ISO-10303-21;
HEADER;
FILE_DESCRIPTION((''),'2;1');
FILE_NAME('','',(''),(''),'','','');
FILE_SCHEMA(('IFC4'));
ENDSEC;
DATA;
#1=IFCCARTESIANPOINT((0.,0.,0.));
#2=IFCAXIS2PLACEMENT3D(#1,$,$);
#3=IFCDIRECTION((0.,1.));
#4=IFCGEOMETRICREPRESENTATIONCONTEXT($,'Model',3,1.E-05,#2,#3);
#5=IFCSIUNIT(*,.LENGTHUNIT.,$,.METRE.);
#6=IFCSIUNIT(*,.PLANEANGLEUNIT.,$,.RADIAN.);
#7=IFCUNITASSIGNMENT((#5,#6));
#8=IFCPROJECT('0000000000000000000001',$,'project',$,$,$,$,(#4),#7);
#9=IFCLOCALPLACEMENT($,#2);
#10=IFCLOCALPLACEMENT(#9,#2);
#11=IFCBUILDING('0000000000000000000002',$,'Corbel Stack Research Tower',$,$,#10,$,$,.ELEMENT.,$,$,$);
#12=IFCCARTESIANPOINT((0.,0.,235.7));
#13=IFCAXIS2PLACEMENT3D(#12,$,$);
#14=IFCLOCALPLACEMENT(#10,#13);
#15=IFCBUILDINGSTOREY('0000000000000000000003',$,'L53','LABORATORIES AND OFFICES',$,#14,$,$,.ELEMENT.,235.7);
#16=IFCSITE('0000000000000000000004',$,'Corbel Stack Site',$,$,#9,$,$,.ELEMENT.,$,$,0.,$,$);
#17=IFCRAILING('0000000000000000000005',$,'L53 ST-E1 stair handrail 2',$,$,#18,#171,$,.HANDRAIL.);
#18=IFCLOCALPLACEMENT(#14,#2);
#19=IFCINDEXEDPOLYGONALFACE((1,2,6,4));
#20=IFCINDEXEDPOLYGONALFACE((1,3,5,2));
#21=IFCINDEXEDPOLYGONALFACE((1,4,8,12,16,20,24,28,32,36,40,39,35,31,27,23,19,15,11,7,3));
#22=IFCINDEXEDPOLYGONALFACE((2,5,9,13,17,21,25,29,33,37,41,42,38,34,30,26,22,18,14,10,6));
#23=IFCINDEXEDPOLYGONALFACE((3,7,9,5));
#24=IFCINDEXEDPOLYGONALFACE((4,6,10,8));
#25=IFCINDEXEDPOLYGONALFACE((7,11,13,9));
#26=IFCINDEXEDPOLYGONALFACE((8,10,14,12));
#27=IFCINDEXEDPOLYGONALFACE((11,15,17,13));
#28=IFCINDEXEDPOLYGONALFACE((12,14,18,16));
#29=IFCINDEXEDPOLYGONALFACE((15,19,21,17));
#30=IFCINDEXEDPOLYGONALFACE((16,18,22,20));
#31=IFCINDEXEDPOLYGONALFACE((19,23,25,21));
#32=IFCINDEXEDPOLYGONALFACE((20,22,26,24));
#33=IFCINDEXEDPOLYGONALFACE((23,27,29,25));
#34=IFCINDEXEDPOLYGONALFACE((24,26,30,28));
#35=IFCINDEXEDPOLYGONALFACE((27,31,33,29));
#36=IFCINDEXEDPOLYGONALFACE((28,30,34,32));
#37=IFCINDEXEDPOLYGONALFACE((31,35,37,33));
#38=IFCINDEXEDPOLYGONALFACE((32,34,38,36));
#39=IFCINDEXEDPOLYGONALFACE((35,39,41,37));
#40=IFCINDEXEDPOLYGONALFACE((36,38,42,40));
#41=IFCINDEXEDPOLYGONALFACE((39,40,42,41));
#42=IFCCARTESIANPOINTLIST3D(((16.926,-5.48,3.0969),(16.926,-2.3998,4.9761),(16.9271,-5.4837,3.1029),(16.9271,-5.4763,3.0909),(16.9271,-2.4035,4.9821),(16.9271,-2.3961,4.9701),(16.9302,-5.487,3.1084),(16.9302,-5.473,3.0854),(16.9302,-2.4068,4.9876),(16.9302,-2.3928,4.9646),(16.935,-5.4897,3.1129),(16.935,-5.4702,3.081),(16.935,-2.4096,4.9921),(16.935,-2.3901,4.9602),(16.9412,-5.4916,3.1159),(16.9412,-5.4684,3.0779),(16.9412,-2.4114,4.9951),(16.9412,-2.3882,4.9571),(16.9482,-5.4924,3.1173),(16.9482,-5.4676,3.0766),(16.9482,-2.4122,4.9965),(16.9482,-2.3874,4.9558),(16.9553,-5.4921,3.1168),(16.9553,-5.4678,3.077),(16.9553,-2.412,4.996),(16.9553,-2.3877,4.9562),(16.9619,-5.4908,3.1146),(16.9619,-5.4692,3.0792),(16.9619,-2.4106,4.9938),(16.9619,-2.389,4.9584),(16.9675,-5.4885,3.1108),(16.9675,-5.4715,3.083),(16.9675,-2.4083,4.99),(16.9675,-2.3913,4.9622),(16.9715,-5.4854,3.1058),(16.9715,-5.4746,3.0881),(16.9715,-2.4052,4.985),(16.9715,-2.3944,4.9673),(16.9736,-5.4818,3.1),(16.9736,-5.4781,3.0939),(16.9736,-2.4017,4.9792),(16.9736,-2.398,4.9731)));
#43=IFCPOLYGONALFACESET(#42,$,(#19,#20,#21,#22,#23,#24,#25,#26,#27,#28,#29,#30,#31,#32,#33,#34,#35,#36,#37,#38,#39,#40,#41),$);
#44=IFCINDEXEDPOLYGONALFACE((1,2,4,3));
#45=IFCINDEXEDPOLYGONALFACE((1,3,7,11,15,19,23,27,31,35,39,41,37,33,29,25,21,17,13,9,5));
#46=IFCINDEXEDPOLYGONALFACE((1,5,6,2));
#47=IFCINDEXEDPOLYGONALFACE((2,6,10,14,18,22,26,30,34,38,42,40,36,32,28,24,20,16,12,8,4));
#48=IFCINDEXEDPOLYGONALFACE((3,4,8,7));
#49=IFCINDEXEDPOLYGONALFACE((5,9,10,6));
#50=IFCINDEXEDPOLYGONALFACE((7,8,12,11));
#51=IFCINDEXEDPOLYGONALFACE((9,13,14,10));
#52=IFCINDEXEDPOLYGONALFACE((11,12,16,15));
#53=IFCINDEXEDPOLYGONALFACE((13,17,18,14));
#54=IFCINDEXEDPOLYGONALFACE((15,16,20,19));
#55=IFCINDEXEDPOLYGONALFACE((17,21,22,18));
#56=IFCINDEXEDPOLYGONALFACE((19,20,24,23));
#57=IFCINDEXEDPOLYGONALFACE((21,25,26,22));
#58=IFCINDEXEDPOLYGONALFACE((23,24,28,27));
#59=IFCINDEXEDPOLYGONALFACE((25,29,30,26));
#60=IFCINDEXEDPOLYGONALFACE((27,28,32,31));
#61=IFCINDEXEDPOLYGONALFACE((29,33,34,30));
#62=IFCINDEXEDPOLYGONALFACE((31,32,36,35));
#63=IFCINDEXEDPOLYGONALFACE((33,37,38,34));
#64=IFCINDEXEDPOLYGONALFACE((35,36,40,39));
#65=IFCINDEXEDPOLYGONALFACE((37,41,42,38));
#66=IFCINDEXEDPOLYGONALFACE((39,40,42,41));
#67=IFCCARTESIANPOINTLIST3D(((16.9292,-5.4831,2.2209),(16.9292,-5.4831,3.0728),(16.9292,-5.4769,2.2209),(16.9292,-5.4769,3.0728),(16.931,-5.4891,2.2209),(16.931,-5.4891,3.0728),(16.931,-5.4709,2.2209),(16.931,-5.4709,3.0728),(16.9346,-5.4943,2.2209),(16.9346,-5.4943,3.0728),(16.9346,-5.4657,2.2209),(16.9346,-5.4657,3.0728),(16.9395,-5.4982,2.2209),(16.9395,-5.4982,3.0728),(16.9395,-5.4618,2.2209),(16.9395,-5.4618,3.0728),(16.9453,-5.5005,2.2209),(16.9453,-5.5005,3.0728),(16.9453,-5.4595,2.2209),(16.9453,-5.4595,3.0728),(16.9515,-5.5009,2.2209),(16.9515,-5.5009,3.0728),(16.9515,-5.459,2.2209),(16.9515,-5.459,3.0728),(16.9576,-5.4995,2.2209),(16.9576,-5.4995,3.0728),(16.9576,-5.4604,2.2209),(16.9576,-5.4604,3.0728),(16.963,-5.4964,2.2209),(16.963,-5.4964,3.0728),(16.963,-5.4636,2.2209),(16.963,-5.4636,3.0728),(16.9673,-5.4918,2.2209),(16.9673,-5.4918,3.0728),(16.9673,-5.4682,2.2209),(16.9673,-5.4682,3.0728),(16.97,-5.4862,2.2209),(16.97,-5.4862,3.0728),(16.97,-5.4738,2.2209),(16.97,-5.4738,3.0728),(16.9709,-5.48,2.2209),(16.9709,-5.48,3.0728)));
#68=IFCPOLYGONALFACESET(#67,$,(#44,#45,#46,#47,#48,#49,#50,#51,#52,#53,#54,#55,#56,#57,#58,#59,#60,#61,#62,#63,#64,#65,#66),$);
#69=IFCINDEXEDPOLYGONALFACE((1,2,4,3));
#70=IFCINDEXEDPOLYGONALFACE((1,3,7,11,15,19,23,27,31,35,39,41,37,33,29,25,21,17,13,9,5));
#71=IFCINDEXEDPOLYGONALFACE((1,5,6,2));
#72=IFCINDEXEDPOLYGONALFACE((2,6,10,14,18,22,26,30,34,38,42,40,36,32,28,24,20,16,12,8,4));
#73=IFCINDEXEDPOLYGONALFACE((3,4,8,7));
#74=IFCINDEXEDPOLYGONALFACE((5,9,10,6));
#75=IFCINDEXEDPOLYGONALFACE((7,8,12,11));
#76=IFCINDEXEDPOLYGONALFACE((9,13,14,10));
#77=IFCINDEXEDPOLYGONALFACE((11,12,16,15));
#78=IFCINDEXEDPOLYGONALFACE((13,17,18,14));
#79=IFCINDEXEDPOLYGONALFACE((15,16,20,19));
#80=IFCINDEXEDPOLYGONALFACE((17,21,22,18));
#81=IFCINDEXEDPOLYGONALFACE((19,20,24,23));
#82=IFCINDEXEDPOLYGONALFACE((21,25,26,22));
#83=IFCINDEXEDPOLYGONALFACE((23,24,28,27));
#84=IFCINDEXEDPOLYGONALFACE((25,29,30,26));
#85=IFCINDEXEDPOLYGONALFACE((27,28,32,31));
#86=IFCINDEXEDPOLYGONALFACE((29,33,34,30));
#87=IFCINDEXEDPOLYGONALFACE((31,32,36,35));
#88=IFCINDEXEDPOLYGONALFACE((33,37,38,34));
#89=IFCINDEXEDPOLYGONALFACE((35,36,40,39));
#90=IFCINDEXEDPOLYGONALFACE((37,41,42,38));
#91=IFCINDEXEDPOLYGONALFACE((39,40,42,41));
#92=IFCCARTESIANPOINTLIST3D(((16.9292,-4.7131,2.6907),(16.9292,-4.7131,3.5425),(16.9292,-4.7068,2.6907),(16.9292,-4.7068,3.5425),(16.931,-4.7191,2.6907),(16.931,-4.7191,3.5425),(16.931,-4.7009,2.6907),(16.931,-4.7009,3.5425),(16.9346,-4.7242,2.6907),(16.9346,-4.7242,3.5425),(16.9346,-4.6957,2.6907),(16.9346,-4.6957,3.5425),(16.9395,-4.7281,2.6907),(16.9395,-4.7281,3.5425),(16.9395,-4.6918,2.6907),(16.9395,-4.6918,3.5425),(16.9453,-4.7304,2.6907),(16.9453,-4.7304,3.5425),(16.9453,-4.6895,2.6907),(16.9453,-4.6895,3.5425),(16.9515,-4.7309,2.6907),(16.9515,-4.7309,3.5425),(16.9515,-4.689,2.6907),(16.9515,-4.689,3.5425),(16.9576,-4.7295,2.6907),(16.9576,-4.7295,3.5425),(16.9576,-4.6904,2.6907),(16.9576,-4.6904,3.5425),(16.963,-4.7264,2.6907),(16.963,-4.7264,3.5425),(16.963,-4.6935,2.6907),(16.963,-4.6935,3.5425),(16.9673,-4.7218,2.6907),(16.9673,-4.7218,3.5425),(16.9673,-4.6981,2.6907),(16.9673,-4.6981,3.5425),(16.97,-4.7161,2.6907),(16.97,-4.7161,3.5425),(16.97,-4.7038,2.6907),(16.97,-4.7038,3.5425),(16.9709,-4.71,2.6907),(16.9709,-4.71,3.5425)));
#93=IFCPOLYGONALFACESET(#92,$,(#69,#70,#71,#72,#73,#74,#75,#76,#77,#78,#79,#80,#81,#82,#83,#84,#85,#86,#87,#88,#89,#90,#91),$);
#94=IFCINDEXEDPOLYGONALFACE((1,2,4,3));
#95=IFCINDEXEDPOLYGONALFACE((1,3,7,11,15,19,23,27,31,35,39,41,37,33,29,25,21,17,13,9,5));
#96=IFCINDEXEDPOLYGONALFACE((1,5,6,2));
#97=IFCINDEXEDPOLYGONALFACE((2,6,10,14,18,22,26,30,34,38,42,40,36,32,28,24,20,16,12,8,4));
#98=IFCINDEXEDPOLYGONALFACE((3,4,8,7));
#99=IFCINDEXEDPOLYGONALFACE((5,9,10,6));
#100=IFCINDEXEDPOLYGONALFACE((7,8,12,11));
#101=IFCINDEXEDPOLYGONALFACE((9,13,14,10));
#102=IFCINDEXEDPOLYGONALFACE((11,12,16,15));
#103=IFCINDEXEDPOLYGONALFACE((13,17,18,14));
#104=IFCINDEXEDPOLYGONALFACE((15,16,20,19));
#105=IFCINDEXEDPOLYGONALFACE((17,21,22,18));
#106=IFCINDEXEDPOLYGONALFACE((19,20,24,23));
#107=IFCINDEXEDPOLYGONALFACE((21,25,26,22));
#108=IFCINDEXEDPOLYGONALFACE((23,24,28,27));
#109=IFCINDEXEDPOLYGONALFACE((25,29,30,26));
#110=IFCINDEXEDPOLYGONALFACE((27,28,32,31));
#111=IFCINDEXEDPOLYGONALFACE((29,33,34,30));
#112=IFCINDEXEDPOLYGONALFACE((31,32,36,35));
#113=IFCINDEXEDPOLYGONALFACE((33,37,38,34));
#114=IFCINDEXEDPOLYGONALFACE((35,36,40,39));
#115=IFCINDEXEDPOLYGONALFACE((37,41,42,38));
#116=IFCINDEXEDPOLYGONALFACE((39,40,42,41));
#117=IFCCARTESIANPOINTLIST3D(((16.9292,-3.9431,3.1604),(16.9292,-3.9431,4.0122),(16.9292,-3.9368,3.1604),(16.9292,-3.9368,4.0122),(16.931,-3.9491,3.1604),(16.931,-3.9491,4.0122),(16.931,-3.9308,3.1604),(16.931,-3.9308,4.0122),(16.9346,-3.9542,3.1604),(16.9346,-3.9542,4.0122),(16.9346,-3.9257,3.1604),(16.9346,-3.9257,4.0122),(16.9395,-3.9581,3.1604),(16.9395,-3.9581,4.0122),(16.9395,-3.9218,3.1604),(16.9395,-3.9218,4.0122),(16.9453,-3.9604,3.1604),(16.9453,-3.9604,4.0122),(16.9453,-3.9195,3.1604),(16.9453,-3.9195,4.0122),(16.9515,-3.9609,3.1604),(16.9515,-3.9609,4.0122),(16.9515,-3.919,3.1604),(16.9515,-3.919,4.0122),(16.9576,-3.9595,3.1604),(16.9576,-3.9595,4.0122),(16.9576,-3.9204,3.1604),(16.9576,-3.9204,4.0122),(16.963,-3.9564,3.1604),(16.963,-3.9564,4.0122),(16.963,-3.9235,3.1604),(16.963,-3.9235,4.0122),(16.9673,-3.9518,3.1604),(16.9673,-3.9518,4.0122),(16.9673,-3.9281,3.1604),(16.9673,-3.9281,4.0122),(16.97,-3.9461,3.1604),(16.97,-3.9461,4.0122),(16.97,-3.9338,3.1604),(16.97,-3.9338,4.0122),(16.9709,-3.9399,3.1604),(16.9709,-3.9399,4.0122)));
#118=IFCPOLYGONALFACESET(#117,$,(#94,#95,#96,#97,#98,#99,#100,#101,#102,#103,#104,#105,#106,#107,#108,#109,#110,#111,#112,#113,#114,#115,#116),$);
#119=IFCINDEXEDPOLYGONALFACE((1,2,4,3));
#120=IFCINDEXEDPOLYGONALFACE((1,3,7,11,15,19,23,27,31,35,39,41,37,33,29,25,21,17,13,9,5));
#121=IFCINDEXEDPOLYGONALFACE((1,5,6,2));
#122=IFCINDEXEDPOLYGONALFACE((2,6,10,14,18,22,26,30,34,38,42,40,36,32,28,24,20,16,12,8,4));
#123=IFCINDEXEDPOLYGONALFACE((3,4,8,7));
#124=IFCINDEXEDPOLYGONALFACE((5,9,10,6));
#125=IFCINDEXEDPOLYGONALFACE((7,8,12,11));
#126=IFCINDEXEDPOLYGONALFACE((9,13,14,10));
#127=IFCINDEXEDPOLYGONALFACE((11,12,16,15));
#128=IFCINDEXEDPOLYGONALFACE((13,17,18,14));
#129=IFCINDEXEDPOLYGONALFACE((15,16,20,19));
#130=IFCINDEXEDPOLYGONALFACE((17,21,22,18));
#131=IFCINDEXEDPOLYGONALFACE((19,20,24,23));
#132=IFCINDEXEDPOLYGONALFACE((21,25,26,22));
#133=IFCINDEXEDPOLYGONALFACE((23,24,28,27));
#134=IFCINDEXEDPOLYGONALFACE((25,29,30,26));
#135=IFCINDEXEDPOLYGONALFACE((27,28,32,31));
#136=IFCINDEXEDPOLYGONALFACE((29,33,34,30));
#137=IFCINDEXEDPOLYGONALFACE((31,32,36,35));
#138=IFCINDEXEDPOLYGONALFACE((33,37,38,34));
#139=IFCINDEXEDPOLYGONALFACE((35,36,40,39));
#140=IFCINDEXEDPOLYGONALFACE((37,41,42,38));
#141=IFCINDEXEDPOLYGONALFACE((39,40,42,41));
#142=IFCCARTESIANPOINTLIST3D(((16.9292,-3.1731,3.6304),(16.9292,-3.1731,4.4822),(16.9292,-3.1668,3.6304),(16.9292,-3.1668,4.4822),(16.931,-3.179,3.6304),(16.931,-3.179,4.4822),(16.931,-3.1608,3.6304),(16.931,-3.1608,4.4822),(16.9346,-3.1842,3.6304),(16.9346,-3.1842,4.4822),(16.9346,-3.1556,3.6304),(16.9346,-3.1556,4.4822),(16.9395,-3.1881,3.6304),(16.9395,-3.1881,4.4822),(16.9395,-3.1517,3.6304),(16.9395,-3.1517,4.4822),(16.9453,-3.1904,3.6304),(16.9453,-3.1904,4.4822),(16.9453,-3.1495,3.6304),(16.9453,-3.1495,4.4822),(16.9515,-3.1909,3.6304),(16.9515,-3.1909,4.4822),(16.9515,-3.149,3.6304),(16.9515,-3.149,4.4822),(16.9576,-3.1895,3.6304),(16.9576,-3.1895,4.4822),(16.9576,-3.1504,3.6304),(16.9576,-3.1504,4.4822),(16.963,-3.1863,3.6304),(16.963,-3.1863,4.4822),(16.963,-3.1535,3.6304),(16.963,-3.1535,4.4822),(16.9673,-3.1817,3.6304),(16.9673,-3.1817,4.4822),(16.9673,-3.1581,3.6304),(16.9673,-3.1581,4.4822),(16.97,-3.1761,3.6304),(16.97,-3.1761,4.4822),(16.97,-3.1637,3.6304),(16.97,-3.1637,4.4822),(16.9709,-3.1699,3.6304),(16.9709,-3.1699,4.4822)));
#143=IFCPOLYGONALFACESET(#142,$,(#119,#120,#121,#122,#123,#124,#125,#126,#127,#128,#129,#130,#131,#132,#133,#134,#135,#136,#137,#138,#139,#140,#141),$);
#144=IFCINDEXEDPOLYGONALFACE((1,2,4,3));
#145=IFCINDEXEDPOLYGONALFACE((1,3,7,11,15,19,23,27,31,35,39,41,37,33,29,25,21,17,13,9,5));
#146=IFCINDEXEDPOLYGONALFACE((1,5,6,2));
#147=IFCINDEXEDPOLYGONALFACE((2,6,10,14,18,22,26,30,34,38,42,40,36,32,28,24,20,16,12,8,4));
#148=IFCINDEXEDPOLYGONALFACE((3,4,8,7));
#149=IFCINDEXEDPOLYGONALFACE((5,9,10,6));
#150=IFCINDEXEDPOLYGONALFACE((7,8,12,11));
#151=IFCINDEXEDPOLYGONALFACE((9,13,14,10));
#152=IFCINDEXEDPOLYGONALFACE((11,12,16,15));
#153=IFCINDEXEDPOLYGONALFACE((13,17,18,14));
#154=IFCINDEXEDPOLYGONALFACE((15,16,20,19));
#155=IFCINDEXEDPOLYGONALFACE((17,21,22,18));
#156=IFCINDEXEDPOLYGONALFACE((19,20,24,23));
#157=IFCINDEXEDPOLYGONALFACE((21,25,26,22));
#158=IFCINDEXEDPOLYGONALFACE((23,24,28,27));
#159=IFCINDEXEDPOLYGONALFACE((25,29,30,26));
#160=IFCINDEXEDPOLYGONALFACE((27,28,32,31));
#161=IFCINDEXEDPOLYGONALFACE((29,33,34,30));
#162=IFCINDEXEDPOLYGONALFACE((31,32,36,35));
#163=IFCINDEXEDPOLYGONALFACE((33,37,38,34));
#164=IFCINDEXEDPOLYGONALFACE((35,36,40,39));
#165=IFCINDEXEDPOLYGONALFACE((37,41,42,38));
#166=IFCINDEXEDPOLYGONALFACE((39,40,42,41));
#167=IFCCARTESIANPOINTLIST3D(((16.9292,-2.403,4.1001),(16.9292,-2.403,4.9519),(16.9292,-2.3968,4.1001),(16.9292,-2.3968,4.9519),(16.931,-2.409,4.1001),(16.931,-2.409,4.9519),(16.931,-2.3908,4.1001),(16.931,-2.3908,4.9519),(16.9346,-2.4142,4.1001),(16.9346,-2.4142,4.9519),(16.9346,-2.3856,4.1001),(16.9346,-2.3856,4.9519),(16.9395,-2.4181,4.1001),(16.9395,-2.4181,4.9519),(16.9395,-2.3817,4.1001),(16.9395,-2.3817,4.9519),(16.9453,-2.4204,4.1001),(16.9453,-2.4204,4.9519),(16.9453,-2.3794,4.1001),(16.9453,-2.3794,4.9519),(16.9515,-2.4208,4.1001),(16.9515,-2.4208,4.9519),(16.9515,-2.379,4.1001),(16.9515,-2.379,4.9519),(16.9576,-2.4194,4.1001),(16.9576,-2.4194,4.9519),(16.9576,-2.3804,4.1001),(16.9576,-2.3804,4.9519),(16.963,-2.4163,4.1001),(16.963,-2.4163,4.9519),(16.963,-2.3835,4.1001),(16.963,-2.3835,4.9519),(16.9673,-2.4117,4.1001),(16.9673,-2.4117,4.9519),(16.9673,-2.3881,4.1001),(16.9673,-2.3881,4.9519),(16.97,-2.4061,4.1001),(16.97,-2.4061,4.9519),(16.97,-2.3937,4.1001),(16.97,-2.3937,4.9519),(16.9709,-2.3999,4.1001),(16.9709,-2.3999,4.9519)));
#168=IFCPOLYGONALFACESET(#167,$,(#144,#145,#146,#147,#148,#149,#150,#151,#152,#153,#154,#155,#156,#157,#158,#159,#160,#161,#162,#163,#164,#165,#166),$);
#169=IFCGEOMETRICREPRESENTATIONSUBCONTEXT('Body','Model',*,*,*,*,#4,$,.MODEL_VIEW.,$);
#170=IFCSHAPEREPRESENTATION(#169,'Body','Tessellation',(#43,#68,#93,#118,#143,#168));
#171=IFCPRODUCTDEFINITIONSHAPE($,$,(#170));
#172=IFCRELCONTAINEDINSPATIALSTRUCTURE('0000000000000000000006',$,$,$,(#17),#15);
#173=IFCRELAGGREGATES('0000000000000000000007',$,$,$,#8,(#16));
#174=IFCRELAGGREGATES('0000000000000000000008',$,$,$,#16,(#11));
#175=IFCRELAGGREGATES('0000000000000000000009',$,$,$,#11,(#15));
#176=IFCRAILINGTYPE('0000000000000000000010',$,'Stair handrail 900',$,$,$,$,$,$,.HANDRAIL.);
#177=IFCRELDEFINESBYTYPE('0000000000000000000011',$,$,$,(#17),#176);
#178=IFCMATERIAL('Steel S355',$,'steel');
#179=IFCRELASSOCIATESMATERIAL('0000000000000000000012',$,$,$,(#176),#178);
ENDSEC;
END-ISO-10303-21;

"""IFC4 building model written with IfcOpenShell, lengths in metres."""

from ifc_helpers import new_model, si_unit, direction, frame, origin, origin_2d, place, context, subcontext, project, spatial, circle, extrude, material, type_object, element, save


model = new_model("IFC4")

# Units and contexts
model_context = context("Model", 3, precision=1e-05, world=origin(), true_north=direction((0.0, 1.0)))
body_context = subcontext(model_context, "Body", "Model", "MODEL_VIEW")
ifc_project = project(units=[si_unit("LENGTHUNIT", "METRE"), si_unit("PLANEANGLEUNIT", "RADIAN")], contexts=[model_context])

# Site, building, storey
site_placement = place(None, origin())
site = spatial("IfcSite", under=ifc_project, at=site_placement, Name="Corbel Stack Site", CompositionType="ELEMENT", RefElevation=0.0)
building_placement = place(site_placement, origin())
building = spatial("IfcBuilding", under=site, at=building_placement, Name="Corbel Stack Research Tower", CompositionType="ELEMENT")
storey_placement = place(building_placement, frame((0.0, 0.0, 235.7)))
storey = spatial("IfcBuildingStorey", under=building, at=storey_placement, Name="L53", Description="LABORATORIES AND OFFICES", CompositionType="ELEMENT", Elevation=235.7)

# Railing
ifc_material_1 = material(Name="Steel S355", Category="steel")
railing_type_1 = type_object("IfcRailingType", Name="Stair handrail 900", PredefinedType="HANDRAIL", material=ifc_material_1)
railing_1_placement = place(storey_placement, frame((16.95, -5.48, 2.2209)))
element("IfcRailing", 1, at=railing_1_placement, inside=storey, type_object=railing_type_1, Name="L53 ST-E1 stair handrail 2", PredefinedType="HANDRAIL", context=body_context, shape_type="SweptSolid", body=[
    extrude(circle(Radius=0.0239, at=origin_2d()), frame((0.0, 0.0, 0.876), z_axis=(0.0, 0.853666, 0.52082), x_axis=(-1.0, 0.0, 0.0)), (0.0, 0.0, 1.0), 3.6082),
    extrude(circle(Radius=0.021, at=origin_2d()), origin(), (0.0, 0.0, 1.0), 0.8518),
    extrude(circle(Radius=0.021, at=origin_2d()), frame((0.0, 0.77, 0.4697)), (0.0, 0.0, 1.0), 0.8518),
    extrude(circle(Radius=0.021, at=origin_2d()), frame((0.0, 1.54, 0.9395)), (0.0, 0.0, 1.0), 0.8518),
    extrude(circle(Radius=0.021, at=origin_2d()), frame((0.0, 2.3101, 1.4094)), (0.0, 0.0, 1.0), 0.8518),
    extrude(circle(Radius=0.021, at=origin_2d()), frame((0.0, 3.0801, 1.8792)), (0.0, 0.0, 1.0), 0.8518),
])

save(model, "model.ifc")
